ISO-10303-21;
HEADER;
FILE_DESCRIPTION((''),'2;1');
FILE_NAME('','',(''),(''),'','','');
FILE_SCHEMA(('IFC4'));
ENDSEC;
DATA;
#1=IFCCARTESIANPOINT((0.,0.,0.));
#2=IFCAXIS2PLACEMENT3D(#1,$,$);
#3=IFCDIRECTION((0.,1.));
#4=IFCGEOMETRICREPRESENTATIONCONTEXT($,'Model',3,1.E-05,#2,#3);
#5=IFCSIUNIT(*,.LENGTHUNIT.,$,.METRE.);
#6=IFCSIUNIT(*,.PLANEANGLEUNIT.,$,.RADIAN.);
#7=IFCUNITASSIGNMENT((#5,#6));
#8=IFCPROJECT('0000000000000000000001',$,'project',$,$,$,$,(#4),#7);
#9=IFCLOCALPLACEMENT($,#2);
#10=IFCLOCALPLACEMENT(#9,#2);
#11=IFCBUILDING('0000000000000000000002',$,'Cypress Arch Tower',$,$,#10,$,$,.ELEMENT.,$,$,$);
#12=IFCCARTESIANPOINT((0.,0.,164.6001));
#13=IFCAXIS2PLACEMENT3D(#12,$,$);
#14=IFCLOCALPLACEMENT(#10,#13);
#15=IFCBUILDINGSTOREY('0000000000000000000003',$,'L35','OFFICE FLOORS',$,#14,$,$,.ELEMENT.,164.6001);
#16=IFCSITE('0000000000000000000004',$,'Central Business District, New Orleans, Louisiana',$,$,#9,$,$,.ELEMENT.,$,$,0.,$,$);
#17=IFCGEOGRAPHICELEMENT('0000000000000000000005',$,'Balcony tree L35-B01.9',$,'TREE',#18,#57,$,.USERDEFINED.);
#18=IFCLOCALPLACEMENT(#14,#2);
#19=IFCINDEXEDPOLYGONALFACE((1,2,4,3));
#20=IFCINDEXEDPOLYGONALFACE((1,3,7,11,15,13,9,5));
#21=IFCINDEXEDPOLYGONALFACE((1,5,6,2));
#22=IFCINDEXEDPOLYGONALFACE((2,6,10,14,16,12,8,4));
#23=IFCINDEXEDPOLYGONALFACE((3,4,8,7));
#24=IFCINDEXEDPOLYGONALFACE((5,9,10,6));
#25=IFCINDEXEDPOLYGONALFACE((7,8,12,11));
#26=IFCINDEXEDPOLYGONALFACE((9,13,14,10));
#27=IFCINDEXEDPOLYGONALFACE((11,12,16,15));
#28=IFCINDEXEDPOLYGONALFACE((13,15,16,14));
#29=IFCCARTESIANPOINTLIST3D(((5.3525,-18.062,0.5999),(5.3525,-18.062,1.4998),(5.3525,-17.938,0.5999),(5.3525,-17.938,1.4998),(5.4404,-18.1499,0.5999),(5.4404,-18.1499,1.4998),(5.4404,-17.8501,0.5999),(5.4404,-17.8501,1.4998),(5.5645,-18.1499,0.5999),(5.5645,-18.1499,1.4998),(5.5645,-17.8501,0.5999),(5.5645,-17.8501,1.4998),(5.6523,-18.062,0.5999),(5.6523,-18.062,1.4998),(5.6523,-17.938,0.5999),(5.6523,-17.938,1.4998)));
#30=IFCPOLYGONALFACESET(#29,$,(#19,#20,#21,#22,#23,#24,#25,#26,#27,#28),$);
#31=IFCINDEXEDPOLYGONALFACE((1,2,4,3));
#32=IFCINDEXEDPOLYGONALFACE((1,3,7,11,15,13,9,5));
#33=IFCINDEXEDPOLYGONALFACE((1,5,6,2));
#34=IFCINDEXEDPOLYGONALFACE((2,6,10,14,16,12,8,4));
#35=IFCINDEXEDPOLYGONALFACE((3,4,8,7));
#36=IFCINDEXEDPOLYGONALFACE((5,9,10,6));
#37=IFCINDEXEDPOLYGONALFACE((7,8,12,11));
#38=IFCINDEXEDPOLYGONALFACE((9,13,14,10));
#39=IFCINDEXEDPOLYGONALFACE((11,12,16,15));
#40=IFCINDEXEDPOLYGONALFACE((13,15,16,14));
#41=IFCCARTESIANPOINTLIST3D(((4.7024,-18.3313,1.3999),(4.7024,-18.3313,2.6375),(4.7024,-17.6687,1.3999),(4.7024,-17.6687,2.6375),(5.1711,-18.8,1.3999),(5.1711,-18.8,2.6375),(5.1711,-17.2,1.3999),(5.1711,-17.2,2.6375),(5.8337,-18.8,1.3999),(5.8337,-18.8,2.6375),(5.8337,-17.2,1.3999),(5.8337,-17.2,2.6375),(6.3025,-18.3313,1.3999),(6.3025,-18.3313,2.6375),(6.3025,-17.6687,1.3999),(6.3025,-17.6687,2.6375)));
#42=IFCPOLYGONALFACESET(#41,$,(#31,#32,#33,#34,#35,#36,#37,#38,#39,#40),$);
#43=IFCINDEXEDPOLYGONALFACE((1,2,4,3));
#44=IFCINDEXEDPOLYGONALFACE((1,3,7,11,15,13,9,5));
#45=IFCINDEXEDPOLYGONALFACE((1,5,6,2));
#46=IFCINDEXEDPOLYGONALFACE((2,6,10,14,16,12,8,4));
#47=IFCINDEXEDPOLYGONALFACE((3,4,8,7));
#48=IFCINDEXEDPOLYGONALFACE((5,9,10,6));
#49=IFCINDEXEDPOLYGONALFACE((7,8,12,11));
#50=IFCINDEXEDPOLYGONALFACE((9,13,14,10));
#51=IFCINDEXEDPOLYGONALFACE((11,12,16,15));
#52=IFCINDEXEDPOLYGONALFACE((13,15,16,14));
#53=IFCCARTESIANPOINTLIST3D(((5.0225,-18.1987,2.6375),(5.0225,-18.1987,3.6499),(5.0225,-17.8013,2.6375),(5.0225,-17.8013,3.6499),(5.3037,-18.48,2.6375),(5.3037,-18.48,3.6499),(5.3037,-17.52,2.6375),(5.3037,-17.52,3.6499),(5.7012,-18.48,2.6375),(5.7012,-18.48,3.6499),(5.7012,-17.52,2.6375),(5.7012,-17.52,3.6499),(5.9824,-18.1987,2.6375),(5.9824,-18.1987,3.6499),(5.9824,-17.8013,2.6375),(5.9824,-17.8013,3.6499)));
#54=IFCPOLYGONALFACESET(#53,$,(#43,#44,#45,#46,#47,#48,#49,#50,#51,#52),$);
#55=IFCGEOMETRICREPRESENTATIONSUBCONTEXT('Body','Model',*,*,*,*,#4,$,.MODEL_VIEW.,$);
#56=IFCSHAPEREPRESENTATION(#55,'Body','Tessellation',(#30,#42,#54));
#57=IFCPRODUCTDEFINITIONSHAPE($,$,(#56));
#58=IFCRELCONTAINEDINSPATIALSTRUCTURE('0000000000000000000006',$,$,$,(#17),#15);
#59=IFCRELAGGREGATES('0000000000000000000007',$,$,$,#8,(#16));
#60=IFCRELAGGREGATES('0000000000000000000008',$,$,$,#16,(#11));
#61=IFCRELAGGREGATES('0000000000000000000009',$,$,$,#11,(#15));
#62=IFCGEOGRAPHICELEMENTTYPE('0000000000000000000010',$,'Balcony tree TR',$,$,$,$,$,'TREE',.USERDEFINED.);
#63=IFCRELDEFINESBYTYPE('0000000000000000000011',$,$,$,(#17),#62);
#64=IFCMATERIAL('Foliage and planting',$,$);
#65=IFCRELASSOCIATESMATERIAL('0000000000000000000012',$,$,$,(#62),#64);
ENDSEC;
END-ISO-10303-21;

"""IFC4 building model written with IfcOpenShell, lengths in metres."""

from ifc_helpers import new_model, si_unit, direction, frame, origin, place, context, subcontext, project, spatial, polyline, outline, extrude, material, type_object, element, save


model = new_model("IFC4")

# Units and contexts
model_context = context("Model", 3, precision=1e-05, world=origin(), true_north=direction((0.0, 1.0)))
body_context = subcontext(model_context, "Body", "Model", "MODEL_VIEW")
ifc_project = project(units=[si_unit("LENGTHUNIT", "METRE"), si_unit("PLANEANGLEUNIT", "RADIAN")], contexts=[model_context])

# Site, building, storey
site_placement = place(None, origin())
site = spatial("IfcSite", under=ifc_project, at=site_placement, Name="Central Business District, New Orleans, Louisiana", CompositionType="ELEMENT", RefElevation=0.0)
building_placement = place(site_placement, origin())
building = spatial("IfcBuilding", under=site, at=building_placement, Name="Cypress Arch Tower", CompositionType="ELEMENT")
storey_placement = place(building_placement, frame((0.0, 0.0, 164.6001)))
storey = spatial("IfcBuildingStorey", under=building, at=storey_placement, Name="L35", Description="OFFICE FLOORS", CompositionType="ELEMENT", Elevation=164.6001)

# Geographic element
ifc_material_1 = material(Name="Foliage and planting")
geographic_element_type = type_object("IfcGeographicElementType", Name="Balcony tree TR", ElementType="TREE", PredefinedType="USERDEFINED", material=ifc_material_1)
for number, where, z_axis, x_axis, name in (
    (1, (5.5024, -18.0, 0.5999), (0.0, 0.0, 1.0), (1.0, 0.0, 0.0), "Balcony tree L35-B01.9"),
):
    element("IfcGeographicElement", number, at=place(storey_placement, frame(where, z_axis=z_axis, x_axis=x_axis)), inside=storey, type_object=geographic_element_type, Name=name, ObjectType="TREE", PredefinedType="USERDEFINED", context=body_context, shape_type="SweptSolid", body=[
        extrude(outline(polyline([(0.1499, 0.062), (0.062, 0.1499), (-0.062, 0.1499), (-0.1499, 0.062), (-0.1499, -0.062), (-0.062, -0.1499), (0.062, -0.1499), (0.1499, -0.062), (0.1499, 0.062)])), origin(), (0.0, 0.0, 1.0), 0.8999),
        extrude(outline(polyline([(0.8, 0.3313), (0.3313, 0.8), (-0.3313, 0.8), (-0.8, 0.3313), (-0.8, -0.3313), (-0.3313, -0.8), (0.3313, -0.8), (0.8, -0.3313), (0.8, 0.3313)])), frame((0.0, 0.0, 0.8)), (0.0, 0.0, 1.0), 1.2375),
        extrude(outline(polyline([(0.48, 0.1987), (0.1987, 0.48), (-0.1987, 0.48), (-0.48, 0.1987), (-0.48, -0.1987), (-0.1987, -0.48), (0.1987, -0.48), (0.48, -0.1987), (0.48, 0.1987)])), frame((0.0, 0.0, 2.0376)), (0.0, 0.0, 1.0), 1.0125),
    ])

save(model, "model.ifc")
